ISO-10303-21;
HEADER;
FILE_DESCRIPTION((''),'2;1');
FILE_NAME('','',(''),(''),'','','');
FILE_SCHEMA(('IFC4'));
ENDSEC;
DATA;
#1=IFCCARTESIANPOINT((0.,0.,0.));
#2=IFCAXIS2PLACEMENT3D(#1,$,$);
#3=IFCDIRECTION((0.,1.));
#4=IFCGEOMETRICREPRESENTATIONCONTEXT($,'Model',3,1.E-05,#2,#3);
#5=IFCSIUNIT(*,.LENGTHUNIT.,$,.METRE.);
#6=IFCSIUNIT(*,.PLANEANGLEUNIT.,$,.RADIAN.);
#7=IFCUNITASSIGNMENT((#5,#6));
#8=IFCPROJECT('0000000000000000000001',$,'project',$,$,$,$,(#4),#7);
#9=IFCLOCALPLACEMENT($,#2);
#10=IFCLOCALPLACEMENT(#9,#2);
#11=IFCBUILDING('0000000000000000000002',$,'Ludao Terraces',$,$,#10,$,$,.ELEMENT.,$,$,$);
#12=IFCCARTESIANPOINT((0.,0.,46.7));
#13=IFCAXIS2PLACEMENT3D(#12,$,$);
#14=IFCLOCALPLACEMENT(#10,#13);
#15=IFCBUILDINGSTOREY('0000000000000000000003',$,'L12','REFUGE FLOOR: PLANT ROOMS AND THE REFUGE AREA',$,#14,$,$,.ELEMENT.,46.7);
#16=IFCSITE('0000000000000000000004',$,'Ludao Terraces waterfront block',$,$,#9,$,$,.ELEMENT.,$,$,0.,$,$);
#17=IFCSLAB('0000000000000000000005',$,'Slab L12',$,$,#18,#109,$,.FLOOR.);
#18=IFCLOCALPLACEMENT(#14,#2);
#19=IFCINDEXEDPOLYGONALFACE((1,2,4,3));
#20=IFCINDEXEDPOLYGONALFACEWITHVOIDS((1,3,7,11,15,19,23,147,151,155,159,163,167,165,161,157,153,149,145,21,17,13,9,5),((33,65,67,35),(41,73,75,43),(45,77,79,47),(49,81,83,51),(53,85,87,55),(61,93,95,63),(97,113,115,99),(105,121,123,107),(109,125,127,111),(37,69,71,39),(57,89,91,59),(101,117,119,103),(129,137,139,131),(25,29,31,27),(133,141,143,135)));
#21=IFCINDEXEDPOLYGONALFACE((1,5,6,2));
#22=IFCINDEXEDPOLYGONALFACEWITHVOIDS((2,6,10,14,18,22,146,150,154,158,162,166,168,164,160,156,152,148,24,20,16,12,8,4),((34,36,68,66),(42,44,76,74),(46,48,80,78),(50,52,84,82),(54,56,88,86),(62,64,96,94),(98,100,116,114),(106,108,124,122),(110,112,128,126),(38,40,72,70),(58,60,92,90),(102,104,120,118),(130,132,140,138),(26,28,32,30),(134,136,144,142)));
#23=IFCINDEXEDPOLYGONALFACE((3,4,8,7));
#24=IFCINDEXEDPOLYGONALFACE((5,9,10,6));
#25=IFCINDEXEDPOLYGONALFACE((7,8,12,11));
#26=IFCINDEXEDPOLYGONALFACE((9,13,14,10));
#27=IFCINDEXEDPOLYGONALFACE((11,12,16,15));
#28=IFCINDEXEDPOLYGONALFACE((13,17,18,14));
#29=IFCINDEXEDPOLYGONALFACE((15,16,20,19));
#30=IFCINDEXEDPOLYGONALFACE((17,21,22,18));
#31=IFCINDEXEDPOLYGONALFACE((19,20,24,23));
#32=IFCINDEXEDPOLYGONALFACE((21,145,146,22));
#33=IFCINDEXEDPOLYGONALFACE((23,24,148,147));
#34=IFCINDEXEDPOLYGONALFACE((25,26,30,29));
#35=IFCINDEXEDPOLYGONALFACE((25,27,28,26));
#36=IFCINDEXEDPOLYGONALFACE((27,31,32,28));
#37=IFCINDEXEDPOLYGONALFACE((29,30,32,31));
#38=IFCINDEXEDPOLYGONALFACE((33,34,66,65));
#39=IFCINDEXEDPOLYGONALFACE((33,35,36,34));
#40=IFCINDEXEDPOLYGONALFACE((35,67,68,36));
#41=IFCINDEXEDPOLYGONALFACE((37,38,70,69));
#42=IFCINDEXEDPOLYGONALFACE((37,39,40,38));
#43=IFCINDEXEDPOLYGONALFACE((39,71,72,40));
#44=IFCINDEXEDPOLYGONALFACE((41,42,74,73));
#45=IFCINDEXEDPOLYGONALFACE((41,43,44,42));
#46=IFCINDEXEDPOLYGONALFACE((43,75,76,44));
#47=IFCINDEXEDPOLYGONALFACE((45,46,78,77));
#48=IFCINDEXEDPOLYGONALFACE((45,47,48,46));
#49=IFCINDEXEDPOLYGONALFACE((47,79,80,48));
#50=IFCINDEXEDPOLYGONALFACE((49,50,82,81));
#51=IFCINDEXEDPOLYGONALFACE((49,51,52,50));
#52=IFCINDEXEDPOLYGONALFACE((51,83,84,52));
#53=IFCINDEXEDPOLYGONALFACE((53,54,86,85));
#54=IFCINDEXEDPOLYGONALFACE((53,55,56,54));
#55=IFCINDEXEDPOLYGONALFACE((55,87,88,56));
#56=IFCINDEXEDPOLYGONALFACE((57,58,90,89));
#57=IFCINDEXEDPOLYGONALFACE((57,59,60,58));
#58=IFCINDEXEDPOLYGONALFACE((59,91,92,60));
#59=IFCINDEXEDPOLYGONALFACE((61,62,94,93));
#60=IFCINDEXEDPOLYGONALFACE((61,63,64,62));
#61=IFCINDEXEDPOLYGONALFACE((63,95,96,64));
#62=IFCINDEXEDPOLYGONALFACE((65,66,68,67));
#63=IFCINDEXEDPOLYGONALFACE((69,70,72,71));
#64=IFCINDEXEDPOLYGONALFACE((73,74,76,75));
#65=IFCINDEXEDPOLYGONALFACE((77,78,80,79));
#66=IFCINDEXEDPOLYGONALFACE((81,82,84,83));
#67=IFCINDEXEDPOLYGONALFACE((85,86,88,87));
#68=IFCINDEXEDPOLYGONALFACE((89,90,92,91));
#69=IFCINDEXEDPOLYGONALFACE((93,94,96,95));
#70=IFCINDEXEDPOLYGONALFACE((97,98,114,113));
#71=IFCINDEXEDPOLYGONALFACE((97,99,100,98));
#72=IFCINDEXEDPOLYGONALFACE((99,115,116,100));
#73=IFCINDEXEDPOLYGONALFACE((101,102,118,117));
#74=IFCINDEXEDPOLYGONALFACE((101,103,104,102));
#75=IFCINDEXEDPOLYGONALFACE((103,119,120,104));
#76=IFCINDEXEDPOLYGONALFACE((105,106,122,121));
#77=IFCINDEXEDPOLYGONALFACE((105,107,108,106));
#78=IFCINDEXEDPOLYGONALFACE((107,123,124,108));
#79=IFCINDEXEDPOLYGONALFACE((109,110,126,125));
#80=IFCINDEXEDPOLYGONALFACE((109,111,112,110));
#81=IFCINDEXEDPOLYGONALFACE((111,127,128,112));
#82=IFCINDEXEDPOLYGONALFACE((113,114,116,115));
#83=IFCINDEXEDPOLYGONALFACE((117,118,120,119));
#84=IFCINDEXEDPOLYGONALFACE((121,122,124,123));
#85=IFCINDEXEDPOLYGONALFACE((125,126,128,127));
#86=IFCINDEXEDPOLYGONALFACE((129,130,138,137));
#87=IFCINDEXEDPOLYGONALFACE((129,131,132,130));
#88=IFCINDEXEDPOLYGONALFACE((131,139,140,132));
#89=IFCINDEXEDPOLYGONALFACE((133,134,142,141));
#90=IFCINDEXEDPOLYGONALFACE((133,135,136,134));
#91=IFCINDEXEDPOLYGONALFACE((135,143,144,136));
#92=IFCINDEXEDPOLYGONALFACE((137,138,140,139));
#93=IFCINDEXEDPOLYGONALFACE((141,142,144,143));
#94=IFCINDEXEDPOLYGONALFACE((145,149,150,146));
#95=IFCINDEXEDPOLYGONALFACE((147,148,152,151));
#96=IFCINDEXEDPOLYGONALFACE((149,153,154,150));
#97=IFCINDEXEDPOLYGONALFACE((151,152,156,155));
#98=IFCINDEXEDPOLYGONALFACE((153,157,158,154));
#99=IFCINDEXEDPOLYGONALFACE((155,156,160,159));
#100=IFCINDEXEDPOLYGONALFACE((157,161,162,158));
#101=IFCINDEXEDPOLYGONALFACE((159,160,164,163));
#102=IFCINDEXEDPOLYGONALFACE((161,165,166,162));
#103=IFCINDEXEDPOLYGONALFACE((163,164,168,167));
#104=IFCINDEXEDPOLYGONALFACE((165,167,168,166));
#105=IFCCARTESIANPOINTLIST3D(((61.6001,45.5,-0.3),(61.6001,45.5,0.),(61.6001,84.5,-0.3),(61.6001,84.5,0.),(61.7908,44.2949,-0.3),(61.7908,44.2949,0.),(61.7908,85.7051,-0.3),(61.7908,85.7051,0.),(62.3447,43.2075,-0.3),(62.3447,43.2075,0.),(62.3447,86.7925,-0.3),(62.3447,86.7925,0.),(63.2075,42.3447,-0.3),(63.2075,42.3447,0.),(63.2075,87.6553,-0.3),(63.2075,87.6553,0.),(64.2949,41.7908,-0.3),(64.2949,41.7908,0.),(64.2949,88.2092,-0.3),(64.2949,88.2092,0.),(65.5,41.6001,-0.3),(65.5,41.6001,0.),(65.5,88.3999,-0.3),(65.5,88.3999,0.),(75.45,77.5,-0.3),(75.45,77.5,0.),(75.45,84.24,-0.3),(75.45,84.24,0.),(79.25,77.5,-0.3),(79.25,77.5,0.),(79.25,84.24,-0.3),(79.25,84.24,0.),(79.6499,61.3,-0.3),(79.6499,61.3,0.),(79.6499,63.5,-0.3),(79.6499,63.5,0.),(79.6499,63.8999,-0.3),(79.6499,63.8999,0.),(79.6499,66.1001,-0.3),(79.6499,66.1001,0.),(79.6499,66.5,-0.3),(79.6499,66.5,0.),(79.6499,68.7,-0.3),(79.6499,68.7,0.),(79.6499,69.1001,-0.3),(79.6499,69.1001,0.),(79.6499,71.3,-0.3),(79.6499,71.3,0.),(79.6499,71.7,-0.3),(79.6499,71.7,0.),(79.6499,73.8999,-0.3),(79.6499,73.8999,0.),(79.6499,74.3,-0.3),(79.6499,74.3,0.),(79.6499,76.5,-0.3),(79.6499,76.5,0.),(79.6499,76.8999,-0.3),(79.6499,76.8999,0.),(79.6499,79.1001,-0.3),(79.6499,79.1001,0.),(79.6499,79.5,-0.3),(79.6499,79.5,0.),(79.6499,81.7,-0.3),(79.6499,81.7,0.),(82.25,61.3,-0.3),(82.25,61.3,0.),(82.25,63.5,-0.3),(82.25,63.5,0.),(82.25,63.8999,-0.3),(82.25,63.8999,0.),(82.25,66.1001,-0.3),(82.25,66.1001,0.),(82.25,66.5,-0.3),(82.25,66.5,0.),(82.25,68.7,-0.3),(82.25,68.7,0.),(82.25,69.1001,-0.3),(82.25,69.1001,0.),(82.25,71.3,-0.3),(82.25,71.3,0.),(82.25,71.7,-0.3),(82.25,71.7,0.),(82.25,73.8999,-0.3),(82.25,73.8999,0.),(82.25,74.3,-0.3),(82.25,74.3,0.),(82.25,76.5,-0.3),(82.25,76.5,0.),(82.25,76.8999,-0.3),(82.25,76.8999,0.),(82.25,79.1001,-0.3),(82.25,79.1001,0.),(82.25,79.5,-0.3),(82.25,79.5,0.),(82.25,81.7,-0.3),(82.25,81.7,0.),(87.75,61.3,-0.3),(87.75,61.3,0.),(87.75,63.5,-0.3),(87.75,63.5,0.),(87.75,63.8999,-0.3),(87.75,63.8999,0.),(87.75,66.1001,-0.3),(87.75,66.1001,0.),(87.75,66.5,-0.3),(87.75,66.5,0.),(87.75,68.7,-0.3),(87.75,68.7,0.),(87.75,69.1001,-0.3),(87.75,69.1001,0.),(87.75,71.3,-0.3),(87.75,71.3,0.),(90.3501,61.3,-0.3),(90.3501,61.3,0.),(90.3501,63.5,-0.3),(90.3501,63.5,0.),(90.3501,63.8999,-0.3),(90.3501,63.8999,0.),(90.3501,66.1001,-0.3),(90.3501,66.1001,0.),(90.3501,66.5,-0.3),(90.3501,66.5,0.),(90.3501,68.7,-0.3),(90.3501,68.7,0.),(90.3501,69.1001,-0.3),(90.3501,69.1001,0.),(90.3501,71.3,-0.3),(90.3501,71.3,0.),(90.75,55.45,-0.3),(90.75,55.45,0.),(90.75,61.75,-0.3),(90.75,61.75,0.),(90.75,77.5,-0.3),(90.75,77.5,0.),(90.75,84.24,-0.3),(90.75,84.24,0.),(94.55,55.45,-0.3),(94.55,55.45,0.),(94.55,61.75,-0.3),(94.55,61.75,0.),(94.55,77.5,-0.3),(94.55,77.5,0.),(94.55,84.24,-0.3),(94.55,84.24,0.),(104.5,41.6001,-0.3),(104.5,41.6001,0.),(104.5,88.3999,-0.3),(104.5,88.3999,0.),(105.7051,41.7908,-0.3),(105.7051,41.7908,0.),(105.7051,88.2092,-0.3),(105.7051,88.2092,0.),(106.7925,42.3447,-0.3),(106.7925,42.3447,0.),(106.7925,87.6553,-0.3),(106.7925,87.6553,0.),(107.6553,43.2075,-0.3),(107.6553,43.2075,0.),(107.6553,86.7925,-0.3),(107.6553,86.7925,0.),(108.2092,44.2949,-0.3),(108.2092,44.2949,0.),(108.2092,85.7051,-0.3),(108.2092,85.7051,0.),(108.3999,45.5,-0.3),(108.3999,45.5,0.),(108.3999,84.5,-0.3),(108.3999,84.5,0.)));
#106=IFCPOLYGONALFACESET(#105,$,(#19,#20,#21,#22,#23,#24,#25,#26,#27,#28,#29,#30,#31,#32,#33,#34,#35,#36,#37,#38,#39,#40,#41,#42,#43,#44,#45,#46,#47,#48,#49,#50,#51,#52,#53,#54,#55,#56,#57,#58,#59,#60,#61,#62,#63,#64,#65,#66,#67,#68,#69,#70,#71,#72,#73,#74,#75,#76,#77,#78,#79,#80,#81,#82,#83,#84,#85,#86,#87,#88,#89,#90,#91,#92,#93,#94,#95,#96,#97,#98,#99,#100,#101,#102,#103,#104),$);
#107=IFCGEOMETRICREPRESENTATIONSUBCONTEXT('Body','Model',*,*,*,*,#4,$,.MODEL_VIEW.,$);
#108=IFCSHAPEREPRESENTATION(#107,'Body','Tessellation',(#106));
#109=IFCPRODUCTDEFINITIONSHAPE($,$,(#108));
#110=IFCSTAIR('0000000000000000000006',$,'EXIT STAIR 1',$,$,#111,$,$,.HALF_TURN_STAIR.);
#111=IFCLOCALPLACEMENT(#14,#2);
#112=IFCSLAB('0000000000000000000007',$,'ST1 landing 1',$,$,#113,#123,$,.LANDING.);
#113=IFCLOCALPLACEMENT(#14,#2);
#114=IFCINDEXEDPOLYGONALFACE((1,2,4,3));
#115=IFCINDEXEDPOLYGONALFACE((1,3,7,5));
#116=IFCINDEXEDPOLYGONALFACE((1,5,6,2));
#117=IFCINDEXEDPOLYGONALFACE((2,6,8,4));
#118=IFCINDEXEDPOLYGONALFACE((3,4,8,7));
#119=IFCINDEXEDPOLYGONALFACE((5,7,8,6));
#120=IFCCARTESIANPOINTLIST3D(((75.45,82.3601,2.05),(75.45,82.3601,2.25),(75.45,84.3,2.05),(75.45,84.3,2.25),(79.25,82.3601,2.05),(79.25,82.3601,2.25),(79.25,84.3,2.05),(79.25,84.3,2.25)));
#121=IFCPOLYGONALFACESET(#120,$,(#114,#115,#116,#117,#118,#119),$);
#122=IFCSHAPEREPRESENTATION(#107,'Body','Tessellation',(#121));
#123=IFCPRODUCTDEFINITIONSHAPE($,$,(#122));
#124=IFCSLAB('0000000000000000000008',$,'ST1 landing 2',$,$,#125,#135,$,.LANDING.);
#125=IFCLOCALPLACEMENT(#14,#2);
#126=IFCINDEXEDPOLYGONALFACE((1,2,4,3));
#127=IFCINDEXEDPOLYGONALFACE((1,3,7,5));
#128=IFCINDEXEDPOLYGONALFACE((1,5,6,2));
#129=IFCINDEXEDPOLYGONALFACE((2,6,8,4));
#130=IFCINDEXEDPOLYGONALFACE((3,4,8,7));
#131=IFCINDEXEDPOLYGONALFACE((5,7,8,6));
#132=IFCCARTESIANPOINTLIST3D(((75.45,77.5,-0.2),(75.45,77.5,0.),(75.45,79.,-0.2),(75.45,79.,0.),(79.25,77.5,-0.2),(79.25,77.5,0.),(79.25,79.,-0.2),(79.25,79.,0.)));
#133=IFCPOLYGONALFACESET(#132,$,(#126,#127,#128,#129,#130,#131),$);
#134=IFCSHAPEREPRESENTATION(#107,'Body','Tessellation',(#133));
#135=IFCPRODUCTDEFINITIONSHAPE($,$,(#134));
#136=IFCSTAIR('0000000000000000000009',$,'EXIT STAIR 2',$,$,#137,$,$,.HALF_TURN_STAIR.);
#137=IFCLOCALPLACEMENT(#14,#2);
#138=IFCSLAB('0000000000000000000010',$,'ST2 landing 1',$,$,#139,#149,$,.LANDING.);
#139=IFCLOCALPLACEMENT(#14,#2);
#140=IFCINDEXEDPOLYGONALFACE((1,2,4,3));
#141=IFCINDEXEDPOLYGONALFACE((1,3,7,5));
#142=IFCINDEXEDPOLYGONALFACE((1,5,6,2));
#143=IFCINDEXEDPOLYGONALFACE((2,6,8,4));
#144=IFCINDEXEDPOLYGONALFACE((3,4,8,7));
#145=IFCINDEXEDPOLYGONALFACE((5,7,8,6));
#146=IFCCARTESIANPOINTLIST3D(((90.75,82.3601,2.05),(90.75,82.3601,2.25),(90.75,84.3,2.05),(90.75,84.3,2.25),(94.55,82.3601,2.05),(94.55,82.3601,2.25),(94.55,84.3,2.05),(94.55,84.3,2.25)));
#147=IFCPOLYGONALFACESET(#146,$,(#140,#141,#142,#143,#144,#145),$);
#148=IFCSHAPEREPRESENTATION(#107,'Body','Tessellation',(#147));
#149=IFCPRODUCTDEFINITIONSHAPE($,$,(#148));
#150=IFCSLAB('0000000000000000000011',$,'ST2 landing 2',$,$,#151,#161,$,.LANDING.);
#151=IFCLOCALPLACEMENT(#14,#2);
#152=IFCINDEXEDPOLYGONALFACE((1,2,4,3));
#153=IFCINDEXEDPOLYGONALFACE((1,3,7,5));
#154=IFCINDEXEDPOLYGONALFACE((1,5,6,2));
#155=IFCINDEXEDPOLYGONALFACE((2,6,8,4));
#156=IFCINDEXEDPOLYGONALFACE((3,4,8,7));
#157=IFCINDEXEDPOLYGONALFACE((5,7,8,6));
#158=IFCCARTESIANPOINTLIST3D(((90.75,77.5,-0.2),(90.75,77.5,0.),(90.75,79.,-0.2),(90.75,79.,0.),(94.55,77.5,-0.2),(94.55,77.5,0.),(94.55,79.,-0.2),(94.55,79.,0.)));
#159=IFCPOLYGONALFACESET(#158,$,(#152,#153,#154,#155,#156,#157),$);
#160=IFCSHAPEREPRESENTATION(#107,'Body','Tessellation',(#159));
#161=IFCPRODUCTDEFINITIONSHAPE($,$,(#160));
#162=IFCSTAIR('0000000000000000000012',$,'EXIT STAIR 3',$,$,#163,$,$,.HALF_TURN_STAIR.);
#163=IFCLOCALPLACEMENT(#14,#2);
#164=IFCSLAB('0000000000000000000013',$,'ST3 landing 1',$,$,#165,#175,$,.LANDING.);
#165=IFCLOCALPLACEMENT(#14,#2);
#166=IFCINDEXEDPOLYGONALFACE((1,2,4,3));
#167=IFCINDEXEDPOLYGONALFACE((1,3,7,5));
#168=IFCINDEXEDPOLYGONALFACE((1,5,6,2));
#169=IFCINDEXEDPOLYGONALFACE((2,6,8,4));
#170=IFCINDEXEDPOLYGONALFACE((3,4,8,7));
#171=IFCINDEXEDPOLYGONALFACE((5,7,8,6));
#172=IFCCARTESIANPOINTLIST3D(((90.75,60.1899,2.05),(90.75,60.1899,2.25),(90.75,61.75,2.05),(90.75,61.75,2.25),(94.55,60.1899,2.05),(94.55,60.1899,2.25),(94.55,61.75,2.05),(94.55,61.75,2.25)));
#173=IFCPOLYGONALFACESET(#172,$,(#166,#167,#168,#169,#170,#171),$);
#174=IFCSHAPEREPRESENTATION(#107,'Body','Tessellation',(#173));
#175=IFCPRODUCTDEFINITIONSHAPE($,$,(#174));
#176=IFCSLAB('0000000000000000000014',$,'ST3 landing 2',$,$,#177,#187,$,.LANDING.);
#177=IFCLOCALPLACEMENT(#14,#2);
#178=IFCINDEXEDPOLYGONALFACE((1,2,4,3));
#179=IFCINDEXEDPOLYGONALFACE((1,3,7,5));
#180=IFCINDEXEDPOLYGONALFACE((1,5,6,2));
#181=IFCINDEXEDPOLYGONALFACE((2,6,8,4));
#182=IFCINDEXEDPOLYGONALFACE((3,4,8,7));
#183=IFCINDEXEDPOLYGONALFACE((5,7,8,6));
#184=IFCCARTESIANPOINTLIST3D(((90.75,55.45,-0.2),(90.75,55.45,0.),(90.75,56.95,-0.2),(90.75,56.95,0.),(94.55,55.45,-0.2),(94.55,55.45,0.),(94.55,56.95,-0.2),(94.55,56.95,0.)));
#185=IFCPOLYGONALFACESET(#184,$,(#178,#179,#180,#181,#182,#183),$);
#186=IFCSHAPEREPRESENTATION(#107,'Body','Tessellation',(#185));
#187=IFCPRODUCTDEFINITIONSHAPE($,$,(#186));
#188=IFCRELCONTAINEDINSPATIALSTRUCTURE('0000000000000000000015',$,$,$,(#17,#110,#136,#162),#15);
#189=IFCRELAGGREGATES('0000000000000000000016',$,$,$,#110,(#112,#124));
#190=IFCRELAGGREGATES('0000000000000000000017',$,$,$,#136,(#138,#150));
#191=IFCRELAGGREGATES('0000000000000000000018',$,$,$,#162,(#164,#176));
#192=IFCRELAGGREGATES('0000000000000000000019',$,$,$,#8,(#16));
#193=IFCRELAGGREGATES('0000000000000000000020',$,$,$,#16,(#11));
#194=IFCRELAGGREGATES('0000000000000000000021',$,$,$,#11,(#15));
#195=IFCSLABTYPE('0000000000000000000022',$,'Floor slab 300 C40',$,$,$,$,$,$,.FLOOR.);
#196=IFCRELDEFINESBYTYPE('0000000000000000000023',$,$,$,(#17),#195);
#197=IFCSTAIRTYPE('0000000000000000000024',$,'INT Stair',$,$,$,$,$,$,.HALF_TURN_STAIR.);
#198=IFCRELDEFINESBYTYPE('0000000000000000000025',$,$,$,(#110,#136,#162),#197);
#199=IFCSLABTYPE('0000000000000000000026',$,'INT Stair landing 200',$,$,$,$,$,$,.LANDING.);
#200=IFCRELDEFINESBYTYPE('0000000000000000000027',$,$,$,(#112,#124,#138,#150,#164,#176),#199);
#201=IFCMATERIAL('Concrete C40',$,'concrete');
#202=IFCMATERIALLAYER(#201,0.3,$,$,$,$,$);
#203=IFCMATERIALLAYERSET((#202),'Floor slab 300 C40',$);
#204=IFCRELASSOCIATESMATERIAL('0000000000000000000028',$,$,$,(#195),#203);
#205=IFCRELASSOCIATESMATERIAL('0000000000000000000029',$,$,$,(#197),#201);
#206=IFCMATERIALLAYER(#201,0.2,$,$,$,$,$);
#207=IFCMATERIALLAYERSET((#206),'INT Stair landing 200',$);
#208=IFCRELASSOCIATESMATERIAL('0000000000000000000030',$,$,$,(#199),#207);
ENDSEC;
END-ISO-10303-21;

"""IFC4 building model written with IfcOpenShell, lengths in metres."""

from ifc_helpers import new_model, si_unit, direction, frame, origin, place, context, subcontext, project, spatial, polyline, outline, extrude, material, layer, layer_set, type_object, element, aggregate, save


model = new_model("IFC4")

# Units and contexts
model_context = context("Model", 3, precision=1e-05, world=origin(), true_north=direction((0.0, 1.0)))
body_context = subcontext(model_context, "Body", "Model", "MODEL_VIEW")
ifc_project = project(units=[si_unit("LENGTHUNIT", "METRE"), si_unit("PLANEANGLEUNIT", "RADIAN")], contexts=[model_context])

# Site, building, storey
site_placement = place(None, origin())
site = spatial("IfcSite", under=ifc_project, at=site_placement, Name="Ludao Terraces waterfront block", CompositionType="ELEMENT", RefElevation=0.0)
building_placement = place(site_placement, origin())
building = spatial("IfcBuilding", under=site, at=building_placement, Name="Ludao Terraces", CompositionType="ELEMENT")
storey_placement = place(building_placement, frame((0.0, 0.0, 46.7)))
storey = spatial("IfcBuildingStorey", under=building, at=storey_placement, Name="L12", Description="REFUGE FLOOR: PLANT ROOMS AND THE REFUGE AREA", CompositionType="ELEMENT", Elevation=46.7)

# Slab
ifc_material_1 = material(Name="Concrete C40", Category="concrete")
ifc_layer_1 = layer(ifc_material_1, 0.3)
ifc_layer_set_1 = layer_set([ifc_layer_1], Name="Floor slab 300 C40")
slab_type_1 = type_object("IfcSlabType", Name="Floor slab 300 C40", PredefinedType="FLOOR", material=ifc_layer_set_1)
slab_1_placement = place(storey_placement, frame((0.0, 0.0, -0.3)))
element("IfcSlab", 1, at=slab_1_placement, inside=storey, type_object=slab_type_1, Name="Slab L12", PredefinedType="FLOOR", context=body_context, shape_type="SweptSolid", body=[
    extrude(outline(polyline([(104.5, 41.6001), (105.7051, 41.7908), (106.7925, 42.3447), (107.6553, 43.2075), (108.2092, 44.2949), (108.3999, 45.5), (108.3999, 84.5), (108.2092, 85.7051), (107.6553, 86.7925), (106.7925, 87.6553), (105.7051, 88.2092), (104.5, 88.3999), (65.5, 88.3999), (64.2949, 88.2092), (63.2075, 87.6553), (62.3447, 86.7925), (61.7908, 85.7051), (61.6001, 84.5), (61.6001, 45.5), (61.7908, 44.2949), (62.3447, 43.2075), (63.2075, 42.3447), (64.2949, 41.7908), (65.5, 41.6001), (104.5, 41.6001)]), holes=[polyline([(79.6499, 61.3), (82.25, 61.3), (82.25, 63.5), (79.6499, 63.5), (79.6499, 61.3)]), polyline([(79.6499, 63.8999), (82.25, 63.8999), (82.25, 66.1001), (79.6499, 66.1001), (79.6499, 63.8999)]), polyline([(79.6499, 66.5), (82.25, 66.5), (82.25, 68.7), (79.6499, 68.7), (79.6499, 66.5)]), polyline([(79.6499, 69.1001), (82.25, 69.1001), (82.25, 71.3), (79.6499, 71.3), (79.6499, 69.1001)]), polyline([(79.6499, 71.7), (82.25, 71.7), (82.25, 73.8999), (79.6499, 73.8999), (79.6499, 71.7)]), polyline([(79.6499, 74.3), (82.25, 74.3), (82.25, 76.5), (79.6499, 76.5), (79.6499, 74.3)]), polyline([(79.6499, 76.8999), (82.25, 76.8999), (82.25, 79.1001), (79.6499, 79.1001), (79.6499, 76.8999)]), polyline([(79.6499, 79.5), (82.25, 79.5), (82.25, 81.7), (79.6499, 81.7), (79.6499, 79.5)]), polyline([(87.75, 61.3), (90.3501, 61.3), (90.3501, 63.5), (87.75, 63.5), (87.75, 61.3)]), polyline([(87.75, 63.8999), (90.3501, 63.8999), (90.3501, 66.1001), (87.75, 66.1001), (87.75, 63.8999)]), polyline([(87.75, 66.5), (90.3501, 66.5), (90.3501, 68.7), (87.75, 68.7), (87.75, 66.5)]), polyline([(87.75, 69.1001), (90.3501, 69.1001), (90.3501, 71.3), (87.75, 71.3), (87.75, 69.1001)]), polyline([(75.45, 77.5), (79.25, 77.5), (79.25, 84.24), (75.45, 84.24), (75.45, 77.5)]), polyline([(90.75, 77.5), (94.55, 77.5), (94.55, 84.24), (90.75, 84.24), (90.75, 77.5)]), polyline([(90.75, 55.45), (94.55, 55.45), (94.55, 61.75), (90.75, 61.75), (90.75, 55.45)])]), origin(), (0.0, 0.0, 1.0), 0.3),
])

# Stairs, slabs
stair_type = type_object("IfcStairType", Name="INT Stair", PredefinedType="HALF_TURN_STAIR", material=ifc_material_1)
stair_1_placement = place(storey_placement, origin())
stair_1 = element("IfcStair", 2, at=stair_1_placement, inside=storey, type_object=stair_type, Name="EXIT STAIR 1", PredefinedType="HALF_TURN_STAIR")
ifc_layer_2 = layer(ifc_material_1, 0.2)
ifc_layer_set_2 = layer_set([ifc_layer_2], Name="INT Stair landing 200")
slab_type_2 = type_object("IfcSlabType", Name="INT Stair landing 200", PredefinedType="LANDING", material=ifc_layer_set_2)
slab_2_placement = place(storey_placement, frame((0.0, 0.0, 2.05)))
slab_2 = element("IfcSlab", 3, at=slab_2_placement, type_object=slab_type_2, Name="ST1 landing 1", PredefinedType="LANDING", context=body_context, shape_type="SweptSolid", body=[
    extrude(outline(polyline([(75.45, 82.3601), (79.25, 82.3601), (79.25, 84.3), (75.45, 84.3), (75.45, 82.3601)])), origin(), (0.0, 0.0, 1.0), 0.2),
])
slab_3_placement = place(storey_placement, frame((0.0, 0.0, -0.2)))
slab_3 = element("IfcSlab", 4, at=slab_3_placement, type_object=slab_type_2, Name="ST1 landing 2", PredefinedType="LANDING", context=body_context, shape_type="SweptSolid", body=[
    extrude(outline(polyline([(75.45, 77.5), (79.25, 77.5), (79.25, 79.0), (75.45, 79.0), (75.45, 77.5)])), origin(), (0.0, 0.0, 1.0), 0.2),
])
aggregate(stair_1, [slab_2, slab_3])
stair_2_placement = place(storey_placement, origin())
stair_2 = element("IfcStair", 5, at=stair_2_placement, inside=storey, type_object=stair_type, Name="EXIT STAIR 2", PredefinedType="HALF_TURN_STAIR")
slab_4_placement = place(storey_placement, frame((0.0, 0.0, 2.05)))
slab_4 = element("IfcSlab", 6, at=slab_4_placement, type_object=slab_type_2, Name="ST2 landing 1", PredefinedType="LANDING", context=body_context, shape_type="SweptSolid", body=[
    extrude(outline(polyline([(90.75, 82.3601), (94.55, 82.3601), (94.55, 84.3), (90.75, 84.3), (90.75, 82.3601)])), origin(), (0.0, 0.0, 1.0), 0.2),
])
slab_5_placement = place(storey_placement, frame((0.0, 0.0, -0.2)))
slab_5 = element("IfcSlab", 7, at=slab_5_placement, type_object=slab_type_2, Name="ST2 landing 2", PredefinedType="LANDING", context=body_context, shape_type="SweptSolid", body=[
    extrude(outline(polyline([(90.75, 77.5), (94.55, 77.5), (94.55, 79.0), (90.75, 79.0), (90.75, 77.5)])), origin(), (0.0, 0.0, 1.0), 0.2),
])
aggregate(stair_2, [slab_4, slab_5])
stair_3_placement = place(storey_placement, origin())
stair_3 = element("IfcStair", 8, at=stair_3_placement, inside=storey, type_object=stair_type, Name="EXIT STAIR 3", PredefinedType="HALF_TURN_STAIR")
slab_6_placement = place(storey_placement, frame((0.0, 0.0, 2.05)))
slab_6 = element("IfcSlab", 9, at=slab_6_placement, type_object=slab_type_2, Name="ST3 landing 1", PredefinedType="LANDING", context=body_context, shape_type="SweptSolid", body=[
    extrude(outline(polyline([(90.75, 60.1899), (94.55, 60.1899), (94.55, 61.75), (90.75, 61.75), (90.75, 60.1899)])), origin(), (0.0, 0.0, 1.0), 0.2),
])
slab_7_placement = place(storey_placement, frame((0.0, 0.0, -0.2)))
slab_7 = element("IfcSlab", 10, at=slab_7_placement, type_object=slab_type_2, Name="ST3 landing 2", PredefinedType="LANDING", context=body_context, shape_type="SweptSolid", body=[
    extrude(outline(polyline([(90.75, 55.45), (94.55, 55.45), (94.55, 56.95), (90.75, 56.95), (90.75, 55.45)])), origin(), (0.0, 0.0, 1.0), 0.2),
])
aggregate(stair_3, [slab_6, slab_7])

save(model, "model.ifc")
